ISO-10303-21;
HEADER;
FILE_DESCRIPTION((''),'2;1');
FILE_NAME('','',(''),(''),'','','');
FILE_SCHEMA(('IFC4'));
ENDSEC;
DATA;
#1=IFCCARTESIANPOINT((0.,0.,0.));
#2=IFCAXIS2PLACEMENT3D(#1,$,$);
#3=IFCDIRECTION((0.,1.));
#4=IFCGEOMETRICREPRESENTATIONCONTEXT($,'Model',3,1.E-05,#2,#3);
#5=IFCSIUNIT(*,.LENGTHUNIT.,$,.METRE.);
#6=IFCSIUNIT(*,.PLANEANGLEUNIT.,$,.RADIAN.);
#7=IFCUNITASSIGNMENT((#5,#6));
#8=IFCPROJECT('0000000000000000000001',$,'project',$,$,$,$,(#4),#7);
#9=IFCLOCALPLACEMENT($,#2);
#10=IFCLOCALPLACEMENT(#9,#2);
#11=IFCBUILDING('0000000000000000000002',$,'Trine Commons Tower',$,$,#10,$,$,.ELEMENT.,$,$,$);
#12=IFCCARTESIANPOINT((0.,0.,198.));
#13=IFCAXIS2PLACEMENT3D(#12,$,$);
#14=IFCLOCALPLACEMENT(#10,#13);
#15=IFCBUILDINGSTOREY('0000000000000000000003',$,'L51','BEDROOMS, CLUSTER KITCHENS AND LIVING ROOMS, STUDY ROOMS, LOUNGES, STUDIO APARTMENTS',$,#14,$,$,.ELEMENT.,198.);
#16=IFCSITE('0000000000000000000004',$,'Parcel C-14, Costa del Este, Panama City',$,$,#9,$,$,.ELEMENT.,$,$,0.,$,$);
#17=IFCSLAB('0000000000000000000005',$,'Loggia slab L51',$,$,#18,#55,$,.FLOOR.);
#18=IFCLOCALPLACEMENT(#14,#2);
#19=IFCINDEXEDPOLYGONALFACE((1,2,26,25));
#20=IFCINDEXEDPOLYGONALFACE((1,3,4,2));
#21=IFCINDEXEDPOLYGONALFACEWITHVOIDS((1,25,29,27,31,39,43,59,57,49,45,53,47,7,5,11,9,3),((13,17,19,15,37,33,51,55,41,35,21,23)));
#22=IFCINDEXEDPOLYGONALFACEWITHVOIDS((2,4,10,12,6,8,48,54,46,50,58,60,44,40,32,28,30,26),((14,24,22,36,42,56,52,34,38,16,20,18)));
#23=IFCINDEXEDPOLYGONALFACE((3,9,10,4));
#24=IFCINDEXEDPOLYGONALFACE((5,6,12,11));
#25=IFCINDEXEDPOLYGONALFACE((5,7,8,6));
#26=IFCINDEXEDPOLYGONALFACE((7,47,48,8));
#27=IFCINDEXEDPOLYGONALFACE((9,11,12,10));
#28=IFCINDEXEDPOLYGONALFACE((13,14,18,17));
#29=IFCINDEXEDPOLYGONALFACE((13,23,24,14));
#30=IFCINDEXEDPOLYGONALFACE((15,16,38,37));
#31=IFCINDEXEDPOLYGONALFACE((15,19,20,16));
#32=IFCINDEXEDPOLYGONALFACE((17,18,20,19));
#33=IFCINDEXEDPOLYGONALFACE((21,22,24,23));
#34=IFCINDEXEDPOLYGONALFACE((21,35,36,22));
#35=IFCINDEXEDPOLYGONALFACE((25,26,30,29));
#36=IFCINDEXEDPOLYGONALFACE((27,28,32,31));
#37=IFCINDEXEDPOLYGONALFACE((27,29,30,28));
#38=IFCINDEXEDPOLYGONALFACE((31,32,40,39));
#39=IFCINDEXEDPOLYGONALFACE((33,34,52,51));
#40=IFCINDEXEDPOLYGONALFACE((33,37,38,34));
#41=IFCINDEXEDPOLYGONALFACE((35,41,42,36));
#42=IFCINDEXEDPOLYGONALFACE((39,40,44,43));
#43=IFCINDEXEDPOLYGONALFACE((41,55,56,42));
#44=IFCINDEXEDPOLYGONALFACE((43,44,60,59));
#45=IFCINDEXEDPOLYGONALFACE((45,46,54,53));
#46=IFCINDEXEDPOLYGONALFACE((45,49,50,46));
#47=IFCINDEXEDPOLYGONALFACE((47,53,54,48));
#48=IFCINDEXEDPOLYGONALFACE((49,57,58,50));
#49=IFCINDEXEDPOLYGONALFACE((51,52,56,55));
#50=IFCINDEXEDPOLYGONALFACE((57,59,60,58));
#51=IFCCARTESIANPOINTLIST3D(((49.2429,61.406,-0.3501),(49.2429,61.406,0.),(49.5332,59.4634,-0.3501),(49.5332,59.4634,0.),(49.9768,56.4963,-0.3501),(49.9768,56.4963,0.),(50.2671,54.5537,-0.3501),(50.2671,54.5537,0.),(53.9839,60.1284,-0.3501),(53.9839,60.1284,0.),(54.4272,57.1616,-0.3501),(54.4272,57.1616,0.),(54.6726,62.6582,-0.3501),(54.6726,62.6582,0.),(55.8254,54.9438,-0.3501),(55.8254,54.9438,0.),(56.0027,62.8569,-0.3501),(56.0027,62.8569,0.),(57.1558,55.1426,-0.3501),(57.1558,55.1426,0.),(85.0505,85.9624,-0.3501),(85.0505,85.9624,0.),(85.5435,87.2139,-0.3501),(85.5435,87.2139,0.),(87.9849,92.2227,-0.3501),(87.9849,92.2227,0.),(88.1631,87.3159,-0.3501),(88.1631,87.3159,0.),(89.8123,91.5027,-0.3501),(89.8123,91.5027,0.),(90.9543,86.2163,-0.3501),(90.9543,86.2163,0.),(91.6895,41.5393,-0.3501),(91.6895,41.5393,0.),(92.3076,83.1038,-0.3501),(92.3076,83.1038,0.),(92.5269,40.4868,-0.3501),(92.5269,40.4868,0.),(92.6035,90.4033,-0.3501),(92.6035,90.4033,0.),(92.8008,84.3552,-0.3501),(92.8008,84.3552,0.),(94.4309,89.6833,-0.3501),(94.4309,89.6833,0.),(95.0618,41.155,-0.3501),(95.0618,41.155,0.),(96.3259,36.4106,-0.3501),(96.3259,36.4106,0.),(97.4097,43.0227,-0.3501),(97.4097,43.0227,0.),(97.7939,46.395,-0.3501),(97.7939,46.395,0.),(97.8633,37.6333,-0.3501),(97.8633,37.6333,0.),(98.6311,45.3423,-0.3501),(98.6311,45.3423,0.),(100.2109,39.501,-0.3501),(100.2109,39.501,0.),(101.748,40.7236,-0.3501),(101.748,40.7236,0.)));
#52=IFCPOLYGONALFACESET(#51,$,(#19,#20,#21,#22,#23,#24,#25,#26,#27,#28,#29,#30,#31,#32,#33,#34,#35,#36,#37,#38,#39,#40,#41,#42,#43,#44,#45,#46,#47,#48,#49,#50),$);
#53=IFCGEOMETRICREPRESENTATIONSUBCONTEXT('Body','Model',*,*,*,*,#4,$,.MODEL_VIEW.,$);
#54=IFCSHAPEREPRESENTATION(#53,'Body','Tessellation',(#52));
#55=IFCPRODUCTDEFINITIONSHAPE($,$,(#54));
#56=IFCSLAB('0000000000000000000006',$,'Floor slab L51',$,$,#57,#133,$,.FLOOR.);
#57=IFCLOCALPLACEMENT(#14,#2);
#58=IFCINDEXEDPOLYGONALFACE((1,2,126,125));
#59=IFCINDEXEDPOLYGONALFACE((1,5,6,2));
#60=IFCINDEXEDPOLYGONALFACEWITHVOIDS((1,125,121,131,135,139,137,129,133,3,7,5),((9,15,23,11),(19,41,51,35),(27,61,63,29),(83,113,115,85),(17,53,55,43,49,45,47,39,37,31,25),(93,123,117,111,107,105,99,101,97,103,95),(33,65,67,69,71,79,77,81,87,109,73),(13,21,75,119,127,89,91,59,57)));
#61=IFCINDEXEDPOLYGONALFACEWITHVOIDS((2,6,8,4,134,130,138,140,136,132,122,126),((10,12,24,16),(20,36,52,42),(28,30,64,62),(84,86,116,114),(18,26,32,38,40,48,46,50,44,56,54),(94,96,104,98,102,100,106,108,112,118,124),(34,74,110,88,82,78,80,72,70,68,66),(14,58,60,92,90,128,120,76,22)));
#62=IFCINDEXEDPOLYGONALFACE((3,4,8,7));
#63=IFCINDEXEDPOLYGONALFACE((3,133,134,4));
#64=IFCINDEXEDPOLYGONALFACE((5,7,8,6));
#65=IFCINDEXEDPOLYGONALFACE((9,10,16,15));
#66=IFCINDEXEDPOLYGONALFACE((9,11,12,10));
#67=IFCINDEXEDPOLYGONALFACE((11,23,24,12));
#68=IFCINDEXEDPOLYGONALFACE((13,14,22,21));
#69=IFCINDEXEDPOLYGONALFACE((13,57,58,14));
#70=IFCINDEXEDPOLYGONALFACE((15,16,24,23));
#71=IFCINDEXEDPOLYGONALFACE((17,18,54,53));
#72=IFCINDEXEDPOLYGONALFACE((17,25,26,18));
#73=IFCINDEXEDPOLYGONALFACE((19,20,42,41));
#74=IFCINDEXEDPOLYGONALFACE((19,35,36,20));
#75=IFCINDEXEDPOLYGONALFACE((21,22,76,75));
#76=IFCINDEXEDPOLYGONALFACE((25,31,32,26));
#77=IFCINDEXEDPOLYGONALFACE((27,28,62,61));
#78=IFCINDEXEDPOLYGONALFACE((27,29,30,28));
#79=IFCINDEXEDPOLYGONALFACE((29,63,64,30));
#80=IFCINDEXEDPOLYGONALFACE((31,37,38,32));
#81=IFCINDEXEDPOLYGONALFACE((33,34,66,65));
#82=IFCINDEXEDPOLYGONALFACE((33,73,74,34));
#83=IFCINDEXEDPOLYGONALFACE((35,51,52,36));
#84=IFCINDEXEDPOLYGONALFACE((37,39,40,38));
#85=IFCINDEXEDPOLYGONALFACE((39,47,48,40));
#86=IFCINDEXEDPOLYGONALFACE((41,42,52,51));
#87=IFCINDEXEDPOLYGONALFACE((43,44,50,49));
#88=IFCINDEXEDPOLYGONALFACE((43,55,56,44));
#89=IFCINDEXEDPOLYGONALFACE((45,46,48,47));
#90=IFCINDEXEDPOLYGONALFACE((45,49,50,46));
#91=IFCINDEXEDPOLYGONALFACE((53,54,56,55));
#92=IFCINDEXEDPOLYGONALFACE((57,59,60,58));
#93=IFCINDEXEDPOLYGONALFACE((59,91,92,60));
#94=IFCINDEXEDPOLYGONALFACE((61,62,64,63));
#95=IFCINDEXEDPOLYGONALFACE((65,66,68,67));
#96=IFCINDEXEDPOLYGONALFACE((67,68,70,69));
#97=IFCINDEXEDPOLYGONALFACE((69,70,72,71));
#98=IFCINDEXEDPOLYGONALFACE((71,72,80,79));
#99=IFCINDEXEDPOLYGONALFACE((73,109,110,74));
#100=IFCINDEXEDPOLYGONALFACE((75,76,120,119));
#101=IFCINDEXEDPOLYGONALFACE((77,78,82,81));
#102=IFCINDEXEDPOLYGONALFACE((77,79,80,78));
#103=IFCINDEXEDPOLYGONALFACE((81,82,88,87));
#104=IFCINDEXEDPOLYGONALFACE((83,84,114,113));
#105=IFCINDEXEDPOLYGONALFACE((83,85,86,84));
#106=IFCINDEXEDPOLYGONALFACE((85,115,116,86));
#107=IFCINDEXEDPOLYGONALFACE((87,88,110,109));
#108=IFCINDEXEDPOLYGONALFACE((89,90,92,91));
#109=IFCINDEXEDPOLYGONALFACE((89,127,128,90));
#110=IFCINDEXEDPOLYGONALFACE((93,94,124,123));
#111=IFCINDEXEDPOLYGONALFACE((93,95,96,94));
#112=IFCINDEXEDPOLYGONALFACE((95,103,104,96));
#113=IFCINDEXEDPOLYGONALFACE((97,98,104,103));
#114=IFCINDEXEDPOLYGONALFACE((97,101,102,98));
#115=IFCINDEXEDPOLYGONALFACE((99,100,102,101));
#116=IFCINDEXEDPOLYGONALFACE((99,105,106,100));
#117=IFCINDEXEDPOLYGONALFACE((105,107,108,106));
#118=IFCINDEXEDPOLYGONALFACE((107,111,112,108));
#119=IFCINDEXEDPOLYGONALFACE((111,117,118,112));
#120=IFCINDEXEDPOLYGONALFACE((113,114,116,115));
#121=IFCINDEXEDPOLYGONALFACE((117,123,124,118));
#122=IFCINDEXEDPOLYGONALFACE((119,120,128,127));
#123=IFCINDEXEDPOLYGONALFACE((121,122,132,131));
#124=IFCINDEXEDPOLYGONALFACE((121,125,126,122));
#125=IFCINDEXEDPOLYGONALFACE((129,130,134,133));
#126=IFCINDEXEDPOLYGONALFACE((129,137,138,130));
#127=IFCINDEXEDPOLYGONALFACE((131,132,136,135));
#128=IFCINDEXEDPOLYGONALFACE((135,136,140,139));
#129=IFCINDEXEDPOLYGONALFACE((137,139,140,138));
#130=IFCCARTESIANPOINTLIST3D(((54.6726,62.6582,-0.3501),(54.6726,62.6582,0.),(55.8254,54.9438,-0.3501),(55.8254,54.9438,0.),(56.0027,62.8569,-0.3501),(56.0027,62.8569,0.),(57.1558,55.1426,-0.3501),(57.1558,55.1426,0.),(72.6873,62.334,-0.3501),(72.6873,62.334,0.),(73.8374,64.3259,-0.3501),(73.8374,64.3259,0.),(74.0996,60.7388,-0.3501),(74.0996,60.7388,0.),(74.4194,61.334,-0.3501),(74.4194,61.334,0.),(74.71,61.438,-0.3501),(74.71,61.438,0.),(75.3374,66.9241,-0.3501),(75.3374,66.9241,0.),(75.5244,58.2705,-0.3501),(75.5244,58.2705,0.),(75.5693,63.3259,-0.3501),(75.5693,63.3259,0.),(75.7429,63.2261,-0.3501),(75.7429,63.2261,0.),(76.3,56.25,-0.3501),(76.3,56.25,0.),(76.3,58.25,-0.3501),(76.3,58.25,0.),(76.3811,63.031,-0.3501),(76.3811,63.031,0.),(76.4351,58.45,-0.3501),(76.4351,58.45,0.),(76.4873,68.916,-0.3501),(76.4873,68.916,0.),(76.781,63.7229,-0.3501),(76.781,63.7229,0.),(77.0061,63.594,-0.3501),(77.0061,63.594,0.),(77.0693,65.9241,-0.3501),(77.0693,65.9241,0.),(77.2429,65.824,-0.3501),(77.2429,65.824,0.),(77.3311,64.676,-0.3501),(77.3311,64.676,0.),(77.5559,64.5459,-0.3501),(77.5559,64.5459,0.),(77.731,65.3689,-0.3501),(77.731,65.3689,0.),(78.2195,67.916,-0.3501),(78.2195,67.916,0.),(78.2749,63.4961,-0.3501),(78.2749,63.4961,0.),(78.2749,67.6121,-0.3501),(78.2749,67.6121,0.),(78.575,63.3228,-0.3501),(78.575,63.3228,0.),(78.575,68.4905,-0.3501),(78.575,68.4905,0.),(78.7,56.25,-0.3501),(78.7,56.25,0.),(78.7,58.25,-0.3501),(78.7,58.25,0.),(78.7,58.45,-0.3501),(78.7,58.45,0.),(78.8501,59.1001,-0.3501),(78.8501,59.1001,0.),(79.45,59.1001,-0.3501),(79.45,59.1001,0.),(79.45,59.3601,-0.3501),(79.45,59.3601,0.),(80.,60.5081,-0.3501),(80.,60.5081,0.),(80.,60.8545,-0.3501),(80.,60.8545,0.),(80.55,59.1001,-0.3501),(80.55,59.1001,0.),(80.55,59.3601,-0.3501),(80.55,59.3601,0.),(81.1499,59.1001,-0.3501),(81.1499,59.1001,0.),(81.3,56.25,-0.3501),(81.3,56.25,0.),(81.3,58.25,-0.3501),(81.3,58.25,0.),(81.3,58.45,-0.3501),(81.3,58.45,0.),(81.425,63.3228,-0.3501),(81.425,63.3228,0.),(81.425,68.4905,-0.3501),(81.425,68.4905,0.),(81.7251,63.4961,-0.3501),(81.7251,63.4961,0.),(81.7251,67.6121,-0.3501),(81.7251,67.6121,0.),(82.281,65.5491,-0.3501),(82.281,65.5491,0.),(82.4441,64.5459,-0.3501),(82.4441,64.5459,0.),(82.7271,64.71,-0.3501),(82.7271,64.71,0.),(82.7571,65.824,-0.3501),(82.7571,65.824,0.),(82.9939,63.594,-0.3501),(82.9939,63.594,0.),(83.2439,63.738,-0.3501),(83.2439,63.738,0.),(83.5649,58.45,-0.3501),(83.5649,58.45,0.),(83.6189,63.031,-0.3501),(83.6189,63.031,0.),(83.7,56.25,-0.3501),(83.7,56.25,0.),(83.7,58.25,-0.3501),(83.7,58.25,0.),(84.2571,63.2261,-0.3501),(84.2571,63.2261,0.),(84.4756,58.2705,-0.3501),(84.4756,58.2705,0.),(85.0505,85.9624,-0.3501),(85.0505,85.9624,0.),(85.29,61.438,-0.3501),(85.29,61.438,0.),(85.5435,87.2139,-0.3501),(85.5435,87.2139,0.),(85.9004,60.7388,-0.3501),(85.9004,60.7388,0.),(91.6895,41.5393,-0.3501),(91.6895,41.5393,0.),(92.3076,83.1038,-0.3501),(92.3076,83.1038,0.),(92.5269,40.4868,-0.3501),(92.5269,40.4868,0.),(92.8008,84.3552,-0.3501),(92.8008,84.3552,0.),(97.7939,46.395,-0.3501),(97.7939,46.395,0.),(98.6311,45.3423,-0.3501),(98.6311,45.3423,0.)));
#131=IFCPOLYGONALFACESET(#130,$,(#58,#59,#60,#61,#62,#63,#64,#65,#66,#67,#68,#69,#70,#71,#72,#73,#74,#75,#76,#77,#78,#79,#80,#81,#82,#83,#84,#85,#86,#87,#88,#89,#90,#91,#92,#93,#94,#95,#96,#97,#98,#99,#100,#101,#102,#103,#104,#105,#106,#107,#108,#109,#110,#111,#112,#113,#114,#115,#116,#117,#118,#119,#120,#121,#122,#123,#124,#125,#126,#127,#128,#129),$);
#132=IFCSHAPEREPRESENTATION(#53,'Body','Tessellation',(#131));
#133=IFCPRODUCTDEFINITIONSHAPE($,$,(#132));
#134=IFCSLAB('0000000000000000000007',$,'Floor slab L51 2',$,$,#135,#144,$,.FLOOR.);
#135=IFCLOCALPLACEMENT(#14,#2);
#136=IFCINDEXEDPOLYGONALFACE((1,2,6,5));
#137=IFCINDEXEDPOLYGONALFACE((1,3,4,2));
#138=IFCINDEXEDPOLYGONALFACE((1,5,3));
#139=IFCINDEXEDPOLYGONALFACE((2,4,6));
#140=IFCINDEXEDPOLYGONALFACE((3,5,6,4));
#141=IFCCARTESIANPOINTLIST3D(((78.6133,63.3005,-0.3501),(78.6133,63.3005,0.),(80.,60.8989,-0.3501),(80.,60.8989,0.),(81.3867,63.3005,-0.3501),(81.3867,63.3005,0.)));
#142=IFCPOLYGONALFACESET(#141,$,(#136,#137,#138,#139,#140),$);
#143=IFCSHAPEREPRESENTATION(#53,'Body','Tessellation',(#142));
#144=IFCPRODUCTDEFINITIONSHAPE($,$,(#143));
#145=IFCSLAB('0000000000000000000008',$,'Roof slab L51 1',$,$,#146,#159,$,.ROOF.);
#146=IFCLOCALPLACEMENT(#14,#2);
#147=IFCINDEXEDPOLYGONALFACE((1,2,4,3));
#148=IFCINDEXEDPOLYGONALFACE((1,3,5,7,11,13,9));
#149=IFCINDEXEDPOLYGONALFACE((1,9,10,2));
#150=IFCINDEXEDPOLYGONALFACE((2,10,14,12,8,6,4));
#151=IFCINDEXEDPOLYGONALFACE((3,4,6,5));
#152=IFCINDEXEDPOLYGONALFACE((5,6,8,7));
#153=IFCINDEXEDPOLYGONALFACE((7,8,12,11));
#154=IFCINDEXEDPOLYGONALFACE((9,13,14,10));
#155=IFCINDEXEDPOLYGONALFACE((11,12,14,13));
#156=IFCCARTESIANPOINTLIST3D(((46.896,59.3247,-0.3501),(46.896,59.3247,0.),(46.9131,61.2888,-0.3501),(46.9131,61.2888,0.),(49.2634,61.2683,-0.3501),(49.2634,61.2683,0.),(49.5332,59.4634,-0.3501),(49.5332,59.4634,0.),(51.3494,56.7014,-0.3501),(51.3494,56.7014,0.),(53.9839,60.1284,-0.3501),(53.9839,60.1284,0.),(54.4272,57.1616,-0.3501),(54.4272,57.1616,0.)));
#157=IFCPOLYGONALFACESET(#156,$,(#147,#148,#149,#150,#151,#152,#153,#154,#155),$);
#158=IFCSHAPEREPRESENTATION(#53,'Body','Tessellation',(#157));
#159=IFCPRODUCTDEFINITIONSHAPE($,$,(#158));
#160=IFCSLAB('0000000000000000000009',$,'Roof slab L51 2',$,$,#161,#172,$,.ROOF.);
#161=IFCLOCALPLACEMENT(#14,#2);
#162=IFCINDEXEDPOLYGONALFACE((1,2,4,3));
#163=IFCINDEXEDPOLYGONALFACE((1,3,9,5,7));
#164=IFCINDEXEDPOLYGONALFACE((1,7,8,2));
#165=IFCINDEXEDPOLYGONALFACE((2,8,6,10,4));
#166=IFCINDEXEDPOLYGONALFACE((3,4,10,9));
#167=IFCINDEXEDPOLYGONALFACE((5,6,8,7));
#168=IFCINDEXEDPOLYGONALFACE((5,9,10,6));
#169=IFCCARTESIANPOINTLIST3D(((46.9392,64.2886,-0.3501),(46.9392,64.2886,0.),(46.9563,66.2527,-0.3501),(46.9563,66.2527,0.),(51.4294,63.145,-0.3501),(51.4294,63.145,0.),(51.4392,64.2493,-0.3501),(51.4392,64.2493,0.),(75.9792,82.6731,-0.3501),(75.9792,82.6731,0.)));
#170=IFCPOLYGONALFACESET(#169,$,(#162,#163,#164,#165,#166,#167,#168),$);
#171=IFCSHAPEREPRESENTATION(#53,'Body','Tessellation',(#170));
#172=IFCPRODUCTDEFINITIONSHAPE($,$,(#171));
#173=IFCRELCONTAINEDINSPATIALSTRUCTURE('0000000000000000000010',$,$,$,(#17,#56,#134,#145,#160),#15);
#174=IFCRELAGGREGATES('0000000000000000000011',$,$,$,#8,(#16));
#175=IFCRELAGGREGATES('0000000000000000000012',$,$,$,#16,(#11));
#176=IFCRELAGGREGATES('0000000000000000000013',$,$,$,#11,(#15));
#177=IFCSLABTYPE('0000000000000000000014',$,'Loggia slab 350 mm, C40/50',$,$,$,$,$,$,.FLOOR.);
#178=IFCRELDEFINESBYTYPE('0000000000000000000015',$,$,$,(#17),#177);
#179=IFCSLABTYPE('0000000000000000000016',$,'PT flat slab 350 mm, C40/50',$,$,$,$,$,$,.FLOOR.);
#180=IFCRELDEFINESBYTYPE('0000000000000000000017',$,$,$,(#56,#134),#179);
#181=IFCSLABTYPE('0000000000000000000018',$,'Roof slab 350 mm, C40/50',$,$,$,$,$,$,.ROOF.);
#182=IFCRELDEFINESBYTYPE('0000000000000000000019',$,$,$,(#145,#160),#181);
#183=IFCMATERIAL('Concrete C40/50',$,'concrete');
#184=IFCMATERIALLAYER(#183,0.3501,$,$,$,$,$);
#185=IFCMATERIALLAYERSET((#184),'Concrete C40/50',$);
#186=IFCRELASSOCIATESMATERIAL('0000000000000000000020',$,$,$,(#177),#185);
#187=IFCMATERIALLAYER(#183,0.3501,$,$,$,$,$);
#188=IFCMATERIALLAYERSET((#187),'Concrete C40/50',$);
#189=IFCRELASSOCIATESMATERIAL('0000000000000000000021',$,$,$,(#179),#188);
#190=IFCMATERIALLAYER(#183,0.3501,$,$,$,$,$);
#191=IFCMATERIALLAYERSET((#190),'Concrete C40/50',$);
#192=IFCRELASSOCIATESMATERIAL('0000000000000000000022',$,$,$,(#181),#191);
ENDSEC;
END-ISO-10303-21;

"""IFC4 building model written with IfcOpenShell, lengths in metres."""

from ifc_helpers import new_model, si_unit, direction, frame, origin, place, context, subcontext, project, spatial, polyline, outline, extrude, material, layer, layer_set, type_object, element, save


model = new_model("IFC4")

# Units and contexts
model_context = context("Model", 3, precision=1e-05, world=origin(), true_north=direction((0.0, 1.0)))
body_context = subcontext(model_context, "Body", "Model", "MODEL_VIEW")
ifc_project = project(units=[si_unit("LENGTHUNIT", "METRE"), si_unit("PLANEANGLEUNIT", "RADIAN")], contexts=[model_context])

# Site, building, storey
site_placement = place(None, origin())
site = spatial("IfcSite", under=ifc_project, at=site_placement, Name="Parcel C-14, Costa del Este, Panama City", CompositionType="ELEMENT", RefElevation=0.0)
building_placement = place(site_placement, origin())
building = spatial("IfcBuilding", under=site, at=building_placement, Name="Trine Commons Tower", CompositionType="ELEMENT")
storey_placement = place(building_placement, frame((0.0, 0.0, 198.0)))
storey = spatial("IfcBuildingStorey", under=building, at=storey_placement, Name="L51", Description="BEDROOMS, CLUSTER KITCHENS AND LIVING ROOMS, STUDY ROOMS, LOUNGES, STUDIO APARTMENTS", CompositionType="ELEMENT", Elevation=198.0)

# Slabs
ifc_material_1 = material(Name="Concrete C40/50", Category="concrete")
ifc_layer_1 = layer(ifc_material_1, 0.3501)
ifc_layer_set_1 = layer_set([ifc_layer_1], Name="Concrete C40/50")
slab_type_1 = type_object("IfcSlabType", Name="Loggia slab 350 mm, C40/50", PredefinedType="FLOOR", material=ifc_layer_set_1)
slab_1_placement = place(storey_placement, frame((0.0, 0.0, -0.3501)))
element("IfcSlab", 1, at=slab_1_placement, inside=storey, type_object=slab_type_1, Name="Loggia slab L51", PredefinedType="FLOOR", context=body_context, shape_type="SweptSolid", body=[
    extrude(outline(polyline([(101.748, 40.7236), (94.4309, 89.6833), (92.6035, 90.4033), (90.9543, 86.2163), (88.1631, 87.3159), (89.8123, 91.5027), (87.9849, 92.2227), (49.2429, 61.406), (49.5332, 59.4634), (53.9839, 60.1284), (54.4272, 57.1616), (49.9768, 56.4963), (50.2671, 54.5537), (96.3259, 36.4106), (97.8633, 37.6333), (95.0618, 41.155), (97.4097, 43.0227), (100.2109, 39.501), (101.748, 40.7236)]), holes=[polyline([(56.0027, 62.8569), (57.1558, 55.1426), (55.8254, 54.9438), (92.5269, 40.4868), (91.6895, 41.5393), (97.7939, 46.395), (98.6311, 45.3423), (92.8008, 84.3552), (92.3076, 83.1038), (85.0505, 85.9624), (85.5435, 87.2139), (54.6726, 62.6582), (56.0027, 62.8569)])]), origin(), (0.0, 0.0, 1.0), 0.3501),
])
ifc_layer_2 = layer(ifc_material_1, 0.3501)
ifc_layer_set_2 = layer_set([ifc_layer_2], Name="Concrete C40/50")
slab_type_2 = type_object("IfcSlabType", Name="PT flat slab 350 mm, C40/50", PredefinedType="FLOOR", material=ifc_layer_set_2)
slab_2_placement = place(storey_placement, frame((0.0, 0.0, -0.3501)))
element("IfcSlab", 2, at=slab_2_placement, inside=storey, type_object=slab_type_2, Name="Floor slab L51", PredefinedType="FLOOR", context=body_context, shape_type="SweptSolid", body=[
    extrude(outline(polyline([(54.6726, 62.6582), (56.0027, 62.8569), (57.1558, 55.1426), (55.8254, 54.9438), (92.5269, 40.4868), (91.6895, 41.5393), (97.7939, 46.395), (98.6311, 45.3423), (92.8008, 84.3552), (92.3076, 83.1038), (85.0505, 85.9624), (85.5435, 87.2139), (54.6726, 62.6582)]), holes=[polyline([(78.7, 56.25), (78.7, 58.25), (76.3, 58.25), (76.3, 56.25), (78.7, 56.25)]), polyline([(83.7, 56.25), (83.7, 58.25), (81.3, 58.25), (81.3, 56.25), (83.7, 56.25)]), polyline([(81.3, 58.45), (83.5649, 58.45), (80.0, 60.5081), (76.4351, 58.45), (78.7, 58.45), (78.8501, 59.1001), (79.45, 59.1001), (79.45, 59.3601), (80.55, 59.3601), (80.55, 59.1001), (81.1499, 59.1001), (81.3, 58.45)]), polyline([(81.425, 63.3228), (81.425, 68.4905), (78.575, 68.4905), (78.575, 63.3228), (74.0996, 60.7388), (75.5244, 58.2705), (80.0, 60.8545), (84.4756, 58.2705), (85.9004, 60.7388), (81.425, 63.3228)]), polyline([(72.6873, 62.334), (74.4194, 61.334), (75.5693, 63.3259), (73.8374, 64.3259), (72.6873, 62.334)]), polyline([(76.3811, 63.031), (75.7429, 63.2261), (74.71, 61.438), (78.2749, 63.4961), (78.2749, 67.6121), (77.2429, 65.824), (77.731, 65.3689), (77.3311, 64.676), (77.5559, 64.5459), (77.0061, 63.594), (76.781, 63.7229), (76.3811, 63.031)]), polyline([(82.9939, 63.594), (82.4441, 64.5459), (82.7271, 64.71), (82.281, 65.5491), (82.7571, 65.824), (81.7251, 67.6121), (81.7251, 63.4961), (85.29, 61.438), (84.2571, 63.2261), (83.6189, 63.031), (83.2439, 63.738), (82.9939, 63.594)]), polyline([(76.4873, 68.916), (75.3374, 66.9241), (77.0693, 65.9241), (78.2195, 67.916), (76.4873, 68.916)])]), origin(), (0.0, 0.0, 1.0), 0.3501),
])
slab_3_placement = place(storey_placement, frame((0.0, 0.0, -0.3501)))
element("IfcSlab", 3, at=slab_3_placement, inside=storey, type_object=slab_type_2, Name="Floor slab L51 2", PredefinedType="FLOOR", context=body_context, shape_type="SweptSolid", body=[
    extrude(outline(polyline([(81.3867, 63.3005), (78.6133, 63.3005), (80.0, 60.8989), (81.3867, 63.3005)])), origin(), (0.0, 0.0, 1.0), 0.3501),
])
ifc_layer_3 = layer(ifc_material_1, 0.3501)
ifc_layer_set_3 = layer_set([ifc_layer_3], Name="Concrete C40/50")
slab_type_3 = type_object("IfcSlabType", Name="Roof slab 350 mm, C40/50", PredefinedType="ROOF", material=ifc_layer_set_3)
slab_4_placement = place(storey_placement, frame((0.0, 0.0, -0.3501)))
element("IfcSlab", 4, at=slab_4_placement, inside=storey, type_object=slab_type_3, Name="Roof slab L51 1", PredefinedType="ROOF", context=body_context, shape_type="SweptSolid", body=[
    extrude(outline(polyline([(51.3494, 56.7014), (54.4272, 57.1616), (53.9839, 60.1284), (49.5332, 59.4634), (49.2634, 61.2683), (46.9131, 61.2888), (46.896, 59.3247), (51.3494, 56.7014)])), origin(), (0.0, 0.0, 1.0), 0.3501),
])
slab_5_placement = place(storey_placement, frame((0.0, 0.0, -0.3501)))
element("IfcSlab", 5, at=slab_5_placement, inside=storey, type_object=slab_type_3, Name="Roof slab L51 2", PredefinedType="ROOF", context=body_context, shape_type="SweptSolid", body=[
    extrude(outline(polyline([(51.4294, 63.145), (75.9792, 82.6731), (46.9563, 66.2527), (46.9392, 64.2886), (51.4392, 64.2493), (51.4294, 63.145)])), origin(), (0.0, 0.0, 1.0), 0.3501),
])

save(model, "model.ifc")
